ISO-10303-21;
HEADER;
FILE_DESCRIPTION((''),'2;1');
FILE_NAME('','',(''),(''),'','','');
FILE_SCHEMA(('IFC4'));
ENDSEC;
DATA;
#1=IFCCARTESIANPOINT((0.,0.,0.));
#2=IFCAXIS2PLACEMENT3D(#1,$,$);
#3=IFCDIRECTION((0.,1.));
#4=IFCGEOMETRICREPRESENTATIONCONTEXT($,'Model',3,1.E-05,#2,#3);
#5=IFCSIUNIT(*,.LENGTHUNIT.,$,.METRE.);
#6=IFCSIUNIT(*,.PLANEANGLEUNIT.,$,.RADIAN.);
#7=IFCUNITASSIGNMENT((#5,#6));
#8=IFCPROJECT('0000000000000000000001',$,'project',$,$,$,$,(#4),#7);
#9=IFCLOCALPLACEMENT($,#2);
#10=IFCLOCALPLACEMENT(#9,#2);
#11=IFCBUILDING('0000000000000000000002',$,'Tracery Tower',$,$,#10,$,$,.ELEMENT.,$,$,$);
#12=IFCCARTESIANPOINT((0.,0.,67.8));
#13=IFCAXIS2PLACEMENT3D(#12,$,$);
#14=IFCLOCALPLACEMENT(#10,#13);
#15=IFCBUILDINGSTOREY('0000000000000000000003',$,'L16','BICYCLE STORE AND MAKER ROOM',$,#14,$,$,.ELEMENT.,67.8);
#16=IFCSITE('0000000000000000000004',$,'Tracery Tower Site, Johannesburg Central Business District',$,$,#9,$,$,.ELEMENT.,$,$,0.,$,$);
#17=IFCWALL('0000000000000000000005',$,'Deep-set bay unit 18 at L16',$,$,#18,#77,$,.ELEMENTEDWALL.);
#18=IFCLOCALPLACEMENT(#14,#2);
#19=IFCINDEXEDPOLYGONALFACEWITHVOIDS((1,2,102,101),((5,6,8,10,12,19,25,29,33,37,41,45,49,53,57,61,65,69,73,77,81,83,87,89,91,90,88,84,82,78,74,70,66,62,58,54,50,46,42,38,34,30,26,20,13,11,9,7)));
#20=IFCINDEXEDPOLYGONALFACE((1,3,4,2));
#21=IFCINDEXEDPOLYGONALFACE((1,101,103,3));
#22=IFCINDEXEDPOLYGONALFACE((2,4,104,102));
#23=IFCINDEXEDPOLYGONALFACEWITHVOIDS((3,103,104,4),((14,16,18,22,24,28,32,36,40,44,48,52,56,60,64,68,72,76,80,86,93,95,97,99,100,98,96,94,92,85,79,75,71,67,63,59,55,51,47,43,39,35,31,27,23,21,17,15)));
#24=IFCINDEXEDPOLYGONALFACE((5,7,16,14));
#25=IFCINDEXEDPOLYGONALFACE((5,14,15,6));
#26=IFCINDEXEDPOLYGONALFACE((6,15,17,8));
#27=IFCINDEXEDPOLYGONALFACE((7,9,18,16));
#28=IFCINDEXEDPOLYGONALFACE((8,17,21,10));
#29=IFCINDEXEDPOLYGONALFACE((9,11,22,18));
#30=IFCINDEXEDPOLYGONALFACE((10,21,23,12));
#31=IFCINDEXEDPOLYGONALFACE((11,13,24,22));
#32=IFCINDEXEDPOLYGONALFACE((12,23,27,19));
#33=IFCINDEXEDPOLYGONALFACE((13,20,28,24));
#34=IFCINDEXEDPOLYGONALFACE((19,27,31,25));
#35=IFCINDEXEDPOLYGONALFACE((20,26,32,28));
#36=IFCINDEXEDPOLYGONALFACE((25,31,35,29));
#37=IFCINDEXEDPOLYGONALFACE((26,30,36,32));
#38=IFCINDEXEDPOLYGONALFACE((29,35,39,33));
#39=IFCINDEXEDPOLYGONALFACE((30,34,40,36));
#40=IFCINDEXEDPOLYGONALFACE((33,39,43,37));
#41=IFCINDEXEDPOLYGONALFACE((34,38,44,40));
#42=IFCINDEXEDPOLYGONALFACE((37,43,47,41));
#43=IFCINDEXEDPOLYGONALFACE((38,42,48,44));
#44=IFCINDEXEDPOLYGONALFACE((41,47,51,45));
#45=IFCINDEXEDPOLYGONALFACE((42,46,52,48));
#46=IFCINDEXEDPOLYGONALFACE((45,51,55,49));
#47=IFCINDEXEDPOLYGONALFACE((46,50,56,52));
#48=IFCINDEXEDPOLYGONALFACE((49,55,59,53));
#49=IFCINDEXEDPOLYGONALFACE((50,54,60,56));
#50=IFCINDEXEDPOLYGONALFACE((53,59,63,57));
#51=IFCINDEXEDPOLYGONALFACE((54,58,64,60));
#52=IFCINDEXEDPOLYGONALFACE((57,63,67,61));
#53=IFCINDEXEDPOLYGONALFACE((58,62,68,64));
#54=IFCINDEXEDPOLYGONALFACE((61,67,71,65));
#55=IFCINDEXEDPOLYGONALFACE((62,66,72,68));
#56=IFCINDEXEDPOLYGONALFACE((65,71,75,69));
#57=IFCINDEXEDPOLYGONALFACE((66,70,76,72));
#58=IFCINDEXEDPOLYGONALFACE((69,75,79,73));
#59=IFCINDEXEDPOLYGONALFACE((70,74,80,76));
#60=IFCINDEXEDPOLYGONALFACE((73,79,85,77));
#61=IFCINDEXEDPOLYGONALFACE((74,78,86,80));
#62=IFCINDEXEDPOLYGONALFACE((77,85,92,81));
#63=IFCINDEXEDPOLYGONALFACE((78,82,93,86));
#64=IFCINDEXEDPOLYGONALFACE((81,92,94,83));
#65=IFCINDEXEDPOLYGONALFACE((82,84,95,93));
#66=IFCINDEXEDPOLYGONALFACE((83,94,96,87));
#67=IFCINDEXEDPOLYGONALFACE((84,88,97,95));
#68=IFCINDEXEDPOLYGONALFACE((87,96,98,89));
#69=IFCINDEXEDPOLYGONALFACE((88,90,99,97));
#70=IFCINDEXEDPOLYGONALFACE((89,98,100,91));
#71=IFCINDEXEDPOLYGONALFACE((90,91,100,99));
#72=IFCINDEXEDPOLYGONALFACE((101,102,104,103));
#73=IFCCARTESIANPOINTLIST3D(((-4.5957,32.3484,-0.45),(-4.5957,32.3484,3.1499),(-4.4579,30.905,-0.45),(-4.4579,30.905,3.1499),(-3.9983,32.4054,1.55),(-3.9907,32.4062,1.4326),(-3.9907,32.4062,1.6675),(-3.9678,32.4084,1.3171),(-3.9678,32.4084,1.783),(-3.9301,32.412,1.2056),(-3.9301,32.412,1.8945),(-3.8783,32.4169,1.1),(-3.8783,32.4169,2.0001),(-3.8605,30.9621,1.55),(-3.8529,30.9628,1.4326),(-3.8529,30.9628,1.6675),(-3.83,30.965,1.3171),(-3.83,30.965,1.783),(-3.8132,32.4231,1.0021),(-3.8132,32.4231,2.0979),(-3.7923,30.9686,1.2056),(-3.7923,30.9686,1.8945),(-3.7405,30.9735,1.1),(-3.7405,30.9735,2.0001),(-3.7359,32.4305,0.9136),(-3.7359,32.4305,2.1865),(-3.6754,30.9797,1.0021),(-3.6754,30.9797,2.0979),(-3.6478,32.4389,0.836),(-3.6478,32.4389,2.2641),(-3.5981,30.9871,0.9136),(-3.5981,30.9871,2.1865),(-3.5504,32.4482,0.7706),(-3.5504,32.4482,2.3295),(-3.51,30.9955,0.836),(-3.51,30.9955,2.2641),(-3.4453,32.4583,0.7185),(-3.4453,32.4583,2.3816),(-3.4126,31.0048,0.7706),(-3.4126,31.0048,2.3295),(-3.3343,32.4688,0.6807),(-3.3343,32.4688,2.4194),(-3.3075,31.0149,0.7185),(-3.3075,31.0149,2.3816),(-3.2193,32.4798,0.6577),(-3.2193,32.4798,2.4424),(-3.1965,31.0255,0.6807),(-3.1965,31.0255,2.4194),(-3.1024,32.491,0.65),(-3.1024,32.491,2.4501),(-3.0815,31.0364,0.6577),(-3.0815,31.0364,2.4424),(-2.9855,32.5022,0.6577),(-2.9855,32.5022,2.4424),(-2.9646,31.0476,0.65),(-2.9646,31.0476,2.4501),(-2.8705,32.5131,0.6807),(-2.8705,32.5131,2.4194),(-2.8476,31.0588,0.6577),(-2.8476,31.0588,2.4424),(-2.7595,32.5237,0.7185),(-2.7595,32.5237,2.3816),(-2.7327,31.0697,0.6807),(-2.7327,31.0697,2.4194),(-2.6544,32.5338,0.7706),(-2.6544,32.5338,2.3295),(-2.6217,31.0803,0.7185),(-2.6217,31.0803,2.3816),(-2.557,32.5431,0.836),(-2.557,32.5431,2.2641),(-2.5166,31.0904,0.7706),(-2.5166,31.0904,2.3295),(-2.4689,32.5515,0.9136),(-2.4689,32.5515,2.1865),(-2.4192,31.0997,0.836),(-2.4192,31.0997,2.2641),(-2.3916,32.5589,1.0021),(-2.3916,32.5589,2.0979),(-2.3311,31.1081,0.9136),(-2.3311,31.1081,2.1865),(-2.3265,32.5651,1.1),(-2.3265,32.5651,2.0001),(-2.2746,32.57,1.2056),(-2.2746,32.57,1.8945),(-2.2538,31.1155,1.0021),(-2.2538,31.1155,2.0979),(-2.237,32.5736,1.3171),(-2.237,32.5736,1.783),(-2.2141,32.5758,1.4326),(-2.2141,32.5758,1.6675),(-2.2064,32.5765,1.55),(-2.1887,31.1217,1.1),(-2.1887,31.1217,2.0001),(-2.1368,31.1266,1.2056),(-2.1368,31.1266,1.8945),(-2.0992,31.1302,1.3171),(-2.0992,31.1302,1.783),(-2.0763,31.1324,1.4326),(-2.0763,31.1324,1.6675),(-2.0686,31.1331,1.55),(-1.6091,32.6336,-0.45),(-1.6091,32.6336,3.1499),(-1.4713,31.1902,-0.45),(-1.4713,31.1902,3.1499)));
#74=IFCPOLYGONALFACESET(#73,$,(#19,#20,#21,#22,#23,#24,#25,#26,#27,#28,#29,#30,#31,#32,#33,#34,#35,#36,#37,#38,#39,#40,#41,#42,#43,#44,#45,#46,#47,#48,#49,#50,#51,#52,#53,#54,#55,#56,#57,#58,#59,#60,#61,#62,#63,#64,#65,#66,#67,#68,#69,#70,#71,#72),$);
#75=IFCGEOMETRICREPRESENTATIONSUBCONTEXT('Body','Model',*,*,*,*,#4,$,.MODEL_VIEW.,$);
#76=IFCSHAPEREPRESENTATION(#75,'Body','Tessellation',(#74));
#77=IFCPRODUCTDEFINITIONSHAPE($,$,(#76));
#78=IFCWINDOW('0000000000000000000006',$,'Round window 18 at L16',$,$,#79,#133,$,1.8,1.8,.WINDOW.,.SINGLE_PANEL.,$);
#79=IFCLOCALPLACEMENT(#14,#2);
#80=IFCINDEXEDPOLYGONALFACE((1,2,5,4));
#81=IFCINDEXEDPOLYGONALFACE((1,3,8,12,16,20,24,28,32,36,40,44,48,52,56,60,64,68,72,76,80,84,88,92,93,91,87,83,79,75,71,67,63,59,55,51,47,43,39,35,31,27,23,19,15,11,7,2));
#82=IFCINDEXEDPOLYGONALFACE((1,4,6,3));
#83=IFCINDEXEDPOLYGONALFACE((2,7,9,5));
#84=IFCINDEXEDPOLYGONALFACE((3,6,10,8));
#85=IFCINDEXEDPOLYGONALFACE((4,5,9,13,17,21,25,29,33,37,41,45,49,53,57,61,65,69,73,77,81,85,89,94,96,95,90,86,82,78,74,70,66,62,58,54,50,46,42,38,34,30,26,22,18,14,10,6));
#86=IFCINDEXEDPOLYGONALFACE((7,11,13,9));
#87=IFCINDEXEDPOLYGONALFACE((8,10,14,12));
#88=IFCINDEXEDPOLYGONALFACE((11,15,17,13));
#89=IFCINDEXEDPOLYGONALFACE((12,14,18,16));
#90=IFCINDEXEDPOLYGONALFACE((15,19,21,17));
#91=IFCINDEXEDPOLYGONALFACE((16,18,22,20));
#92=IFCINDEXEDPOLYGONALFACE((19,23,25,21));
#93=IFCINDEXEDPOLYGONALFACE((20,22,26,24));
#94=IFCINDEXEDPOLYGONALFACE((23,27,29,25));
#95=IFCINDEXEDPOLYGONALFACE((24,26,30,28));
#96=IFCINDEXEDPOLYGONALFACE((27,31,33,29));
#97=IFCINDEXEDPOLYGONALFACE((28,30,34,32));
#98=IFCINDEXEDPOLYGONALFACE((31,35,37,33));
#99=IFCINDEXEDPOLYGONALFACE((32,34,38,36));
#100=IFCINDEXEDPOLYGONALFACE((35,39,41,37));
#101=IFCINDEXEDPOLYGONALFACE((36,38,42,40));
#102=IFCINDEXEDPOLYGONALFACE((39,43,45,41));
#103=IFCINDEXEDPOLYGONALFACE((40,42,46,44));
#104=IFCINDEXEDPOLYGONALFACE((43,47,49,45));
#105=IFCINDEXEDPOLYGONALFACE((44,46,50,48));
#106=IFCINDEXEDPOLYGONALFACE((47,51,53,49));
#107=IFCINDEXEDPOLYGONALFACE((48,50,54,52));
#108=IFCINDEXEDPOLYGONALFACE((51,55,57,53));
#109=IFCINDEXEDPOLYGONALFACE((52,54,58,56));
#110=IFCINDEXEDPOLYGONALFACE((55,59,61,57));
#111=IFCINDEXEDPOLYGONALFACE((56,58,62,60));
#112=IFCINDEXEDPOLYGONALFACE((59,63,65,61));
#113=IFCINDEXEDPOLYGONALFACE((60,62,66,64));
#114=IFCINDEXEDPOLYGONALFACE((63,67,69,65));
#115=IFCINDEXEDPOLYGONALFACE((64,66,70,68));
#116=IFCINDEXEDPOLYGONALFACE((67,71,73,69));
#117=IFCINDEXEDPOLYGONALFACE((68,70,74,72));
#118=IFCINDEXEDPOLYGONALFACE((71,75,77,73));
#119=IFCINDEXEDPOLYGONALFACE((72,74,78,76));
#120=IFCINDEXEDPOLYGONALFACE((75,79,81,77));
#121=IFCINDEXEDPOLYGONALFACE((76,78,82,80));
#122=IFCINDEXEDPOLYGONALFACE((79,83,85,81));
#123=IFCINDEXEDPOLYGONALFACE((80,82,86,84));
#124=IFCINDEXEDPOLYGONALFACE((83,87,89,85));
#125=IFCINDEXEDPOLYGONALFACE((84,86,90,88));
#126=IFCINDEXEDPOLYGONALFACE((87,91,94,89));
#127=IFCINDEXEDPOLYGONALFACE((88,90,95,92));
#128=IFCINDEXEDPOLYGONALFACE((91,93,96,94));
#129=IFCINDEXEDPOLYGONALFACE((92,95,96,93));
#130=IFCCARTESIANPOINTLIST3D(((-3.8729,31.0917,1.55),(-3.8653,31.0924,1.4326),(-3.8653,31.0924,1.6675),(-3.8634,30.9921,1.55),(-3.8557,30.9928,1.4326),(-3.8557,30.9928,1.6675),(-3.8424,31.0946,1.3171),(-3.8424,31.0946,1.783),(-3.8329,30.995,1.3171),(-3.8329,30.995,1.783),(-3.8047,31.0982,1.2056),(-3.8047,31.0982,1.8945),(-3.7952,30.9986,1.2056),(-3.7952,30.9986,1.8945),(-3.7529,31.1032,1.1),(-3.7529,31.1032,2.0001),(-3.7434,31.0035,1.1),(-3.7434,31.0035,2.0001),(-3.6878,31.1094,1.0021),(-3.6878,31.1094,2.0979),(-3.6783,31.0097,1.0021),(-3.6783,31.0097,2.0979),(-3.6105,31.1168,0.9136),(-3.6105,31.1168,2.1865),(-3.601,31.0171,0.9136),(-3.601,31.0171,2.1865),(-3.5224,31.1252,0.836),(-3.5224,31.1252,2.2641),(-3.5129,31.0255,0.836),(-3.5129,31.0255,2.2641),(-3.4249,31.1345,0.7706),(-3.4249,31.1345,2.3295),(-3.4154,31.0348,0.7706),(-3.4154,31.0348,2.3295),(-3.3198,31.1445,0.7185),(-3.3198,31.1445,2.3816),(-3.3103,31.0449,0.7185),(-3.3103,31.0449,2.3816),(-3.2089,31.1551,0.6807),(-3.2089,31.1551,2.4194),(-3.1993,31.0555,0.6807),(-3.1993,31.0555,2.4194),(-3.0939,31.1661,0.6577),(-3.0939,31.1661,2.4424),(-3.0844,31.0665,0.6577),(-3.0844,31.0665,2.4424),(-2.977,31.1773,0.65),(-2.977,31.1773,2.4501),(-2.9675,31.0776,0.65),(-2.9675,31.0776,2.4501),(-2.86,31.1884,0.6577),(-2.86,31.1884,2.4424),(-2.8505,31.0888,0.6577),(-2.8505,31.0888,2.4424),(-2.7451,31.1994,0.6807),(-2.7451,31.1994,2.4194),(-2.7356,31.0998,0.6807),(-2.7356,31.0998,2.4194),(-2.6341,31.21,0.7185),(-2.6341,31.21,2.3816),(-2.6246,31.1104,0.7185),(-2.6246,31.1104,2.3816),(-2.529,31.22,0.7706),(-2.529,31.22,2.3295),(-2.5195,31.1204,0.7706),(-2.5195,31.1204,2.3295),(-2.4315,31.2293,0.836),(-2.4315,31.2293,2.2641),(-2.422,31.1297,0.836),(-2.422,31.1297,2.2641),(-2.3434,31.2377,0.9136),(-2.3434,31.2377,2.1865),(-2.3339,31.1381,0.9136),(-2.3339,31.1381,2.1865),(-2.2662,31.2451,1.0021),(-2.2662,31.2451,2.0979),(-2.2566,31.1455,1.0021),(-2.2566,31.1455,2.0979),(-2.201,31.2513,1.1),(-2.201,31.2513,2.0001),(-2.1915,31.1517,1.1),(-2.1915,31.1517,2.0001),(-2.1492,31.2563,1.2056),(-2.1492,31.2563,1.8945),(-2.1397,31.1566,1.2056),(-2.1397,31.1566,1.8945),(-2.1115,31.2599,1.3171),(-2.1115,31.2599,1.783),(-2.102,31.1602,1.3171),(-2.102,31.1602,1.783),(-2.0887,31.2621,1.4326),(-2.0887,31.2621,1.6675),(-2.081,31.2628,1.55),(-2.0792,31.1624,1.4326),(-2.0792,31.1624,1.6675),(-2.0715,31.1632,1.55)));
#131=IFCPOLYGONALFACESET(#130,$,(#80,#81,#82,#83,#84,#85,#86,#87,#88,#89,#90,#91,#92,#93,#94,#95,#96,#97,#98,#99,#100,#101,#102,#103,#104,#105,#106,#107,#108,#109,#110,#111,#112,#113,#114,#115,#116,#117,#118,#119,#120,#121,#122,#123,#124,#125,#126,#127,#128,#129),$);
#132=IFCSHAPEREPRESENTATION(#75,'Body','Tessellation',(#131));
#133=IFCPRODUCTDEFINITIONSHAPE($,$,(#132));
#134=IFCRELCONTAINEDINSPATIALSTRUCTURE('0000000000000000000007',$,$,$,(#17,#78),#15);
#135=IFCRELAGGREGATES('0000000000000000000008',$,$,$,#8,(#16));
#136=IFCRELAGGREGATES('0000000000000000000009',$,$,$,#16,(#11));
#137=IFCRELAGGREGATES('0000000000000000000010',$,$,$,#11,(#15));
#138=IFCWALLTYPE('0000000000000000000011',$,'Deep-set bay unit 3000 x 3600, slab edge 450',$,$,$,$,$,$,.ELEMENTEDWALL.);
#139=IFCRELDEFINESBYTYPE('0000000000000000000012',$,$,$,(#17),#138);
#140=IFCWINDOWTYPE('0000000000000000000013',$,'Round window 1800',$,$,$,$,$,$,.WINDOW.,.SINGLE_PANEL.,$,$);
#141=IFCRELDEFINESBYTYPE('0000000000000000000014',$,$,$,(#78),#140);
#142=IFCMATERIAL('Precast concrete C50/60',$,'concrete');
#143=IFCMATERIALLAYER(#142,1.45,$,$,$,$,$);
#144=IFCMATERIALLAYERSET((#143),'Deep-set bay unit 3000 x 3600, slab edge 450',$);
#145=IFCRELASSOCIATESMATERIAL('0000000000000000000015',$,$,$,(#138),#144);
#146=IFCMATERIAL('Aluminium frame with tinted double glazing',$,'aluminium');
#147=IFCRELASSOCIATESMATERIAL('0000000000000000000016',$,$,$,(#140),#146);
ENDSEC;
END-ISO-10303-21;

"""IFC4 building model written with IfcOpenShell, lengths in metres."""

from ifc_helpers import new_model, si_unit, direction, frame, frame_2d, origin, origin_2d, place, context, subcontext, project, spatial, rectangle, circle, extrude, material, layer, layer_set, type_object, element, fill, save


model = new_model("IFC4")

# Units and contexts
model_context = context("Model", 3, precision=1e-05, world=origin(), true_north=direction((0.0, 1.0)))
body_context = subcontext(model_context, "Body", "Model", "MODEL_VIEW")
ifc_project = project(units=[si_unit("LENGTHUNIT", "METRE"), si_unit("PLANEANGLEUNIT", "RADIAN")], contexts=[model_context])

# Site, building, storey
site_placement = place(None, origin())
site = spatial("IfcSite", under=ifc_project, at=site_placement, Name="Tracery Tower Site, Johannesburg Central Business District", CompositionType="ELEMENT", RefElevation=0.0)
building_placement = place(site_placement, origin())
building = spatial("IfcBuilding", under=site, at=building_placement, Name="Tracery Tower", CompositionType="ELEMENT")
storey_placement = place(building_placement, frame((0.0, 0.0, 67.8)))
storey = spatial("IfcBuildingStorey", under=building, at=storey_placement, Name="L16", Description="BICYCLE STORE AND MAKER ROOM", CompositionType="ELEMENT", Elevation=67.8)

# Wall, opening, window
ifc_material_1 = material(Name="Precast concrete C50/60", Category="concrete")
ifc_layer_1 = layer(ifc_material_1, 1.45)
ifc_layer_set_1 = layer_set([ifc_layer_1], Name="Deep-set bay unit 3000 x 3600, slab edge 450")
wall_type_1 = type_object("IfcWallType", Name="Deep-set bay unit 3000 x 3600, slab edge 450", PredefinedType="ELEMENTEDWALL", material=ifc_layer_set_1)
ifc_material_2 = material(Name="Aluminium frame with tinted double glazing", Category="aluminium")
window_type = type_object("IfcWindowType", Name="Round window 1800", PartitioningType="SINGLE_PANEL", PredefinedType="WINDOW", material=ifc_material_2)
wall_1_placement = place(storey_placement, frame((-1.5403, 31.9119, -0.45), z_axis=(0.0, 0.0, 1.0), x_axis=(-0.995473, -0.095047, 0.0)))
wall_1 = element("IfcWall", 1, at=wall_1_placement, inside=storey, type_object=wall_type_1, Name="Deep-set bay unit 18 at L16", PredefinedType="ELEMENTEDWALL", context=body_context, shape_type="SweptSolid", body=[
    extrude(rectangle(XDim=3.0002, YDim=1.45, at=frame_2d((1.5, 0.0))), origin(), (0.0, 0.0, 1.0), 3.5999),
])
opening_1_placement = place(wall_1_placement, frame((1.5, 0.0, 2.0)))
opening_1 = element("IfcOpeningElement", 2, at=opening_1_placement, cuts=wall_1, PredefinedType="OPENING", context=body_context, shape_type="SweptSolid", body=[
    extrude(circle(Radius=0.9, at=origin_2d()), frame((0.0, 0.7349, 0.0), z_axis=(0.0, -1.0, 0.0), x_axis=(1.0, 0.0, 0.0)), (0.0, 0.0, 1.0), 1.47),
])
window_1_placement = place(opening_1_placement, origin())
window_1 = element("IfcWindow", 3, at=window_1_placement, inside=storey, type_object=window_type, Name="Round window 18 at L16", OverallHeight=1.8, OverallWidth=1.8, PartitioningType="SINGLE_PANEL", PredefinedType="WINDOW", context=body_context, shape_type="SweptSolid", body=[
    extrude(circle(Radius=0.9, at=origin_2d()), frame((0.0, 0.6948, 0.0), z_axis=(0.0, -1.0, 0.0), x_axis=(1.0, 0.0, 0.0)), (0.0, 0.0, 1.0), 0.1001),
])
fill(opening_1, window_1)

save(model, "model.ifc")
